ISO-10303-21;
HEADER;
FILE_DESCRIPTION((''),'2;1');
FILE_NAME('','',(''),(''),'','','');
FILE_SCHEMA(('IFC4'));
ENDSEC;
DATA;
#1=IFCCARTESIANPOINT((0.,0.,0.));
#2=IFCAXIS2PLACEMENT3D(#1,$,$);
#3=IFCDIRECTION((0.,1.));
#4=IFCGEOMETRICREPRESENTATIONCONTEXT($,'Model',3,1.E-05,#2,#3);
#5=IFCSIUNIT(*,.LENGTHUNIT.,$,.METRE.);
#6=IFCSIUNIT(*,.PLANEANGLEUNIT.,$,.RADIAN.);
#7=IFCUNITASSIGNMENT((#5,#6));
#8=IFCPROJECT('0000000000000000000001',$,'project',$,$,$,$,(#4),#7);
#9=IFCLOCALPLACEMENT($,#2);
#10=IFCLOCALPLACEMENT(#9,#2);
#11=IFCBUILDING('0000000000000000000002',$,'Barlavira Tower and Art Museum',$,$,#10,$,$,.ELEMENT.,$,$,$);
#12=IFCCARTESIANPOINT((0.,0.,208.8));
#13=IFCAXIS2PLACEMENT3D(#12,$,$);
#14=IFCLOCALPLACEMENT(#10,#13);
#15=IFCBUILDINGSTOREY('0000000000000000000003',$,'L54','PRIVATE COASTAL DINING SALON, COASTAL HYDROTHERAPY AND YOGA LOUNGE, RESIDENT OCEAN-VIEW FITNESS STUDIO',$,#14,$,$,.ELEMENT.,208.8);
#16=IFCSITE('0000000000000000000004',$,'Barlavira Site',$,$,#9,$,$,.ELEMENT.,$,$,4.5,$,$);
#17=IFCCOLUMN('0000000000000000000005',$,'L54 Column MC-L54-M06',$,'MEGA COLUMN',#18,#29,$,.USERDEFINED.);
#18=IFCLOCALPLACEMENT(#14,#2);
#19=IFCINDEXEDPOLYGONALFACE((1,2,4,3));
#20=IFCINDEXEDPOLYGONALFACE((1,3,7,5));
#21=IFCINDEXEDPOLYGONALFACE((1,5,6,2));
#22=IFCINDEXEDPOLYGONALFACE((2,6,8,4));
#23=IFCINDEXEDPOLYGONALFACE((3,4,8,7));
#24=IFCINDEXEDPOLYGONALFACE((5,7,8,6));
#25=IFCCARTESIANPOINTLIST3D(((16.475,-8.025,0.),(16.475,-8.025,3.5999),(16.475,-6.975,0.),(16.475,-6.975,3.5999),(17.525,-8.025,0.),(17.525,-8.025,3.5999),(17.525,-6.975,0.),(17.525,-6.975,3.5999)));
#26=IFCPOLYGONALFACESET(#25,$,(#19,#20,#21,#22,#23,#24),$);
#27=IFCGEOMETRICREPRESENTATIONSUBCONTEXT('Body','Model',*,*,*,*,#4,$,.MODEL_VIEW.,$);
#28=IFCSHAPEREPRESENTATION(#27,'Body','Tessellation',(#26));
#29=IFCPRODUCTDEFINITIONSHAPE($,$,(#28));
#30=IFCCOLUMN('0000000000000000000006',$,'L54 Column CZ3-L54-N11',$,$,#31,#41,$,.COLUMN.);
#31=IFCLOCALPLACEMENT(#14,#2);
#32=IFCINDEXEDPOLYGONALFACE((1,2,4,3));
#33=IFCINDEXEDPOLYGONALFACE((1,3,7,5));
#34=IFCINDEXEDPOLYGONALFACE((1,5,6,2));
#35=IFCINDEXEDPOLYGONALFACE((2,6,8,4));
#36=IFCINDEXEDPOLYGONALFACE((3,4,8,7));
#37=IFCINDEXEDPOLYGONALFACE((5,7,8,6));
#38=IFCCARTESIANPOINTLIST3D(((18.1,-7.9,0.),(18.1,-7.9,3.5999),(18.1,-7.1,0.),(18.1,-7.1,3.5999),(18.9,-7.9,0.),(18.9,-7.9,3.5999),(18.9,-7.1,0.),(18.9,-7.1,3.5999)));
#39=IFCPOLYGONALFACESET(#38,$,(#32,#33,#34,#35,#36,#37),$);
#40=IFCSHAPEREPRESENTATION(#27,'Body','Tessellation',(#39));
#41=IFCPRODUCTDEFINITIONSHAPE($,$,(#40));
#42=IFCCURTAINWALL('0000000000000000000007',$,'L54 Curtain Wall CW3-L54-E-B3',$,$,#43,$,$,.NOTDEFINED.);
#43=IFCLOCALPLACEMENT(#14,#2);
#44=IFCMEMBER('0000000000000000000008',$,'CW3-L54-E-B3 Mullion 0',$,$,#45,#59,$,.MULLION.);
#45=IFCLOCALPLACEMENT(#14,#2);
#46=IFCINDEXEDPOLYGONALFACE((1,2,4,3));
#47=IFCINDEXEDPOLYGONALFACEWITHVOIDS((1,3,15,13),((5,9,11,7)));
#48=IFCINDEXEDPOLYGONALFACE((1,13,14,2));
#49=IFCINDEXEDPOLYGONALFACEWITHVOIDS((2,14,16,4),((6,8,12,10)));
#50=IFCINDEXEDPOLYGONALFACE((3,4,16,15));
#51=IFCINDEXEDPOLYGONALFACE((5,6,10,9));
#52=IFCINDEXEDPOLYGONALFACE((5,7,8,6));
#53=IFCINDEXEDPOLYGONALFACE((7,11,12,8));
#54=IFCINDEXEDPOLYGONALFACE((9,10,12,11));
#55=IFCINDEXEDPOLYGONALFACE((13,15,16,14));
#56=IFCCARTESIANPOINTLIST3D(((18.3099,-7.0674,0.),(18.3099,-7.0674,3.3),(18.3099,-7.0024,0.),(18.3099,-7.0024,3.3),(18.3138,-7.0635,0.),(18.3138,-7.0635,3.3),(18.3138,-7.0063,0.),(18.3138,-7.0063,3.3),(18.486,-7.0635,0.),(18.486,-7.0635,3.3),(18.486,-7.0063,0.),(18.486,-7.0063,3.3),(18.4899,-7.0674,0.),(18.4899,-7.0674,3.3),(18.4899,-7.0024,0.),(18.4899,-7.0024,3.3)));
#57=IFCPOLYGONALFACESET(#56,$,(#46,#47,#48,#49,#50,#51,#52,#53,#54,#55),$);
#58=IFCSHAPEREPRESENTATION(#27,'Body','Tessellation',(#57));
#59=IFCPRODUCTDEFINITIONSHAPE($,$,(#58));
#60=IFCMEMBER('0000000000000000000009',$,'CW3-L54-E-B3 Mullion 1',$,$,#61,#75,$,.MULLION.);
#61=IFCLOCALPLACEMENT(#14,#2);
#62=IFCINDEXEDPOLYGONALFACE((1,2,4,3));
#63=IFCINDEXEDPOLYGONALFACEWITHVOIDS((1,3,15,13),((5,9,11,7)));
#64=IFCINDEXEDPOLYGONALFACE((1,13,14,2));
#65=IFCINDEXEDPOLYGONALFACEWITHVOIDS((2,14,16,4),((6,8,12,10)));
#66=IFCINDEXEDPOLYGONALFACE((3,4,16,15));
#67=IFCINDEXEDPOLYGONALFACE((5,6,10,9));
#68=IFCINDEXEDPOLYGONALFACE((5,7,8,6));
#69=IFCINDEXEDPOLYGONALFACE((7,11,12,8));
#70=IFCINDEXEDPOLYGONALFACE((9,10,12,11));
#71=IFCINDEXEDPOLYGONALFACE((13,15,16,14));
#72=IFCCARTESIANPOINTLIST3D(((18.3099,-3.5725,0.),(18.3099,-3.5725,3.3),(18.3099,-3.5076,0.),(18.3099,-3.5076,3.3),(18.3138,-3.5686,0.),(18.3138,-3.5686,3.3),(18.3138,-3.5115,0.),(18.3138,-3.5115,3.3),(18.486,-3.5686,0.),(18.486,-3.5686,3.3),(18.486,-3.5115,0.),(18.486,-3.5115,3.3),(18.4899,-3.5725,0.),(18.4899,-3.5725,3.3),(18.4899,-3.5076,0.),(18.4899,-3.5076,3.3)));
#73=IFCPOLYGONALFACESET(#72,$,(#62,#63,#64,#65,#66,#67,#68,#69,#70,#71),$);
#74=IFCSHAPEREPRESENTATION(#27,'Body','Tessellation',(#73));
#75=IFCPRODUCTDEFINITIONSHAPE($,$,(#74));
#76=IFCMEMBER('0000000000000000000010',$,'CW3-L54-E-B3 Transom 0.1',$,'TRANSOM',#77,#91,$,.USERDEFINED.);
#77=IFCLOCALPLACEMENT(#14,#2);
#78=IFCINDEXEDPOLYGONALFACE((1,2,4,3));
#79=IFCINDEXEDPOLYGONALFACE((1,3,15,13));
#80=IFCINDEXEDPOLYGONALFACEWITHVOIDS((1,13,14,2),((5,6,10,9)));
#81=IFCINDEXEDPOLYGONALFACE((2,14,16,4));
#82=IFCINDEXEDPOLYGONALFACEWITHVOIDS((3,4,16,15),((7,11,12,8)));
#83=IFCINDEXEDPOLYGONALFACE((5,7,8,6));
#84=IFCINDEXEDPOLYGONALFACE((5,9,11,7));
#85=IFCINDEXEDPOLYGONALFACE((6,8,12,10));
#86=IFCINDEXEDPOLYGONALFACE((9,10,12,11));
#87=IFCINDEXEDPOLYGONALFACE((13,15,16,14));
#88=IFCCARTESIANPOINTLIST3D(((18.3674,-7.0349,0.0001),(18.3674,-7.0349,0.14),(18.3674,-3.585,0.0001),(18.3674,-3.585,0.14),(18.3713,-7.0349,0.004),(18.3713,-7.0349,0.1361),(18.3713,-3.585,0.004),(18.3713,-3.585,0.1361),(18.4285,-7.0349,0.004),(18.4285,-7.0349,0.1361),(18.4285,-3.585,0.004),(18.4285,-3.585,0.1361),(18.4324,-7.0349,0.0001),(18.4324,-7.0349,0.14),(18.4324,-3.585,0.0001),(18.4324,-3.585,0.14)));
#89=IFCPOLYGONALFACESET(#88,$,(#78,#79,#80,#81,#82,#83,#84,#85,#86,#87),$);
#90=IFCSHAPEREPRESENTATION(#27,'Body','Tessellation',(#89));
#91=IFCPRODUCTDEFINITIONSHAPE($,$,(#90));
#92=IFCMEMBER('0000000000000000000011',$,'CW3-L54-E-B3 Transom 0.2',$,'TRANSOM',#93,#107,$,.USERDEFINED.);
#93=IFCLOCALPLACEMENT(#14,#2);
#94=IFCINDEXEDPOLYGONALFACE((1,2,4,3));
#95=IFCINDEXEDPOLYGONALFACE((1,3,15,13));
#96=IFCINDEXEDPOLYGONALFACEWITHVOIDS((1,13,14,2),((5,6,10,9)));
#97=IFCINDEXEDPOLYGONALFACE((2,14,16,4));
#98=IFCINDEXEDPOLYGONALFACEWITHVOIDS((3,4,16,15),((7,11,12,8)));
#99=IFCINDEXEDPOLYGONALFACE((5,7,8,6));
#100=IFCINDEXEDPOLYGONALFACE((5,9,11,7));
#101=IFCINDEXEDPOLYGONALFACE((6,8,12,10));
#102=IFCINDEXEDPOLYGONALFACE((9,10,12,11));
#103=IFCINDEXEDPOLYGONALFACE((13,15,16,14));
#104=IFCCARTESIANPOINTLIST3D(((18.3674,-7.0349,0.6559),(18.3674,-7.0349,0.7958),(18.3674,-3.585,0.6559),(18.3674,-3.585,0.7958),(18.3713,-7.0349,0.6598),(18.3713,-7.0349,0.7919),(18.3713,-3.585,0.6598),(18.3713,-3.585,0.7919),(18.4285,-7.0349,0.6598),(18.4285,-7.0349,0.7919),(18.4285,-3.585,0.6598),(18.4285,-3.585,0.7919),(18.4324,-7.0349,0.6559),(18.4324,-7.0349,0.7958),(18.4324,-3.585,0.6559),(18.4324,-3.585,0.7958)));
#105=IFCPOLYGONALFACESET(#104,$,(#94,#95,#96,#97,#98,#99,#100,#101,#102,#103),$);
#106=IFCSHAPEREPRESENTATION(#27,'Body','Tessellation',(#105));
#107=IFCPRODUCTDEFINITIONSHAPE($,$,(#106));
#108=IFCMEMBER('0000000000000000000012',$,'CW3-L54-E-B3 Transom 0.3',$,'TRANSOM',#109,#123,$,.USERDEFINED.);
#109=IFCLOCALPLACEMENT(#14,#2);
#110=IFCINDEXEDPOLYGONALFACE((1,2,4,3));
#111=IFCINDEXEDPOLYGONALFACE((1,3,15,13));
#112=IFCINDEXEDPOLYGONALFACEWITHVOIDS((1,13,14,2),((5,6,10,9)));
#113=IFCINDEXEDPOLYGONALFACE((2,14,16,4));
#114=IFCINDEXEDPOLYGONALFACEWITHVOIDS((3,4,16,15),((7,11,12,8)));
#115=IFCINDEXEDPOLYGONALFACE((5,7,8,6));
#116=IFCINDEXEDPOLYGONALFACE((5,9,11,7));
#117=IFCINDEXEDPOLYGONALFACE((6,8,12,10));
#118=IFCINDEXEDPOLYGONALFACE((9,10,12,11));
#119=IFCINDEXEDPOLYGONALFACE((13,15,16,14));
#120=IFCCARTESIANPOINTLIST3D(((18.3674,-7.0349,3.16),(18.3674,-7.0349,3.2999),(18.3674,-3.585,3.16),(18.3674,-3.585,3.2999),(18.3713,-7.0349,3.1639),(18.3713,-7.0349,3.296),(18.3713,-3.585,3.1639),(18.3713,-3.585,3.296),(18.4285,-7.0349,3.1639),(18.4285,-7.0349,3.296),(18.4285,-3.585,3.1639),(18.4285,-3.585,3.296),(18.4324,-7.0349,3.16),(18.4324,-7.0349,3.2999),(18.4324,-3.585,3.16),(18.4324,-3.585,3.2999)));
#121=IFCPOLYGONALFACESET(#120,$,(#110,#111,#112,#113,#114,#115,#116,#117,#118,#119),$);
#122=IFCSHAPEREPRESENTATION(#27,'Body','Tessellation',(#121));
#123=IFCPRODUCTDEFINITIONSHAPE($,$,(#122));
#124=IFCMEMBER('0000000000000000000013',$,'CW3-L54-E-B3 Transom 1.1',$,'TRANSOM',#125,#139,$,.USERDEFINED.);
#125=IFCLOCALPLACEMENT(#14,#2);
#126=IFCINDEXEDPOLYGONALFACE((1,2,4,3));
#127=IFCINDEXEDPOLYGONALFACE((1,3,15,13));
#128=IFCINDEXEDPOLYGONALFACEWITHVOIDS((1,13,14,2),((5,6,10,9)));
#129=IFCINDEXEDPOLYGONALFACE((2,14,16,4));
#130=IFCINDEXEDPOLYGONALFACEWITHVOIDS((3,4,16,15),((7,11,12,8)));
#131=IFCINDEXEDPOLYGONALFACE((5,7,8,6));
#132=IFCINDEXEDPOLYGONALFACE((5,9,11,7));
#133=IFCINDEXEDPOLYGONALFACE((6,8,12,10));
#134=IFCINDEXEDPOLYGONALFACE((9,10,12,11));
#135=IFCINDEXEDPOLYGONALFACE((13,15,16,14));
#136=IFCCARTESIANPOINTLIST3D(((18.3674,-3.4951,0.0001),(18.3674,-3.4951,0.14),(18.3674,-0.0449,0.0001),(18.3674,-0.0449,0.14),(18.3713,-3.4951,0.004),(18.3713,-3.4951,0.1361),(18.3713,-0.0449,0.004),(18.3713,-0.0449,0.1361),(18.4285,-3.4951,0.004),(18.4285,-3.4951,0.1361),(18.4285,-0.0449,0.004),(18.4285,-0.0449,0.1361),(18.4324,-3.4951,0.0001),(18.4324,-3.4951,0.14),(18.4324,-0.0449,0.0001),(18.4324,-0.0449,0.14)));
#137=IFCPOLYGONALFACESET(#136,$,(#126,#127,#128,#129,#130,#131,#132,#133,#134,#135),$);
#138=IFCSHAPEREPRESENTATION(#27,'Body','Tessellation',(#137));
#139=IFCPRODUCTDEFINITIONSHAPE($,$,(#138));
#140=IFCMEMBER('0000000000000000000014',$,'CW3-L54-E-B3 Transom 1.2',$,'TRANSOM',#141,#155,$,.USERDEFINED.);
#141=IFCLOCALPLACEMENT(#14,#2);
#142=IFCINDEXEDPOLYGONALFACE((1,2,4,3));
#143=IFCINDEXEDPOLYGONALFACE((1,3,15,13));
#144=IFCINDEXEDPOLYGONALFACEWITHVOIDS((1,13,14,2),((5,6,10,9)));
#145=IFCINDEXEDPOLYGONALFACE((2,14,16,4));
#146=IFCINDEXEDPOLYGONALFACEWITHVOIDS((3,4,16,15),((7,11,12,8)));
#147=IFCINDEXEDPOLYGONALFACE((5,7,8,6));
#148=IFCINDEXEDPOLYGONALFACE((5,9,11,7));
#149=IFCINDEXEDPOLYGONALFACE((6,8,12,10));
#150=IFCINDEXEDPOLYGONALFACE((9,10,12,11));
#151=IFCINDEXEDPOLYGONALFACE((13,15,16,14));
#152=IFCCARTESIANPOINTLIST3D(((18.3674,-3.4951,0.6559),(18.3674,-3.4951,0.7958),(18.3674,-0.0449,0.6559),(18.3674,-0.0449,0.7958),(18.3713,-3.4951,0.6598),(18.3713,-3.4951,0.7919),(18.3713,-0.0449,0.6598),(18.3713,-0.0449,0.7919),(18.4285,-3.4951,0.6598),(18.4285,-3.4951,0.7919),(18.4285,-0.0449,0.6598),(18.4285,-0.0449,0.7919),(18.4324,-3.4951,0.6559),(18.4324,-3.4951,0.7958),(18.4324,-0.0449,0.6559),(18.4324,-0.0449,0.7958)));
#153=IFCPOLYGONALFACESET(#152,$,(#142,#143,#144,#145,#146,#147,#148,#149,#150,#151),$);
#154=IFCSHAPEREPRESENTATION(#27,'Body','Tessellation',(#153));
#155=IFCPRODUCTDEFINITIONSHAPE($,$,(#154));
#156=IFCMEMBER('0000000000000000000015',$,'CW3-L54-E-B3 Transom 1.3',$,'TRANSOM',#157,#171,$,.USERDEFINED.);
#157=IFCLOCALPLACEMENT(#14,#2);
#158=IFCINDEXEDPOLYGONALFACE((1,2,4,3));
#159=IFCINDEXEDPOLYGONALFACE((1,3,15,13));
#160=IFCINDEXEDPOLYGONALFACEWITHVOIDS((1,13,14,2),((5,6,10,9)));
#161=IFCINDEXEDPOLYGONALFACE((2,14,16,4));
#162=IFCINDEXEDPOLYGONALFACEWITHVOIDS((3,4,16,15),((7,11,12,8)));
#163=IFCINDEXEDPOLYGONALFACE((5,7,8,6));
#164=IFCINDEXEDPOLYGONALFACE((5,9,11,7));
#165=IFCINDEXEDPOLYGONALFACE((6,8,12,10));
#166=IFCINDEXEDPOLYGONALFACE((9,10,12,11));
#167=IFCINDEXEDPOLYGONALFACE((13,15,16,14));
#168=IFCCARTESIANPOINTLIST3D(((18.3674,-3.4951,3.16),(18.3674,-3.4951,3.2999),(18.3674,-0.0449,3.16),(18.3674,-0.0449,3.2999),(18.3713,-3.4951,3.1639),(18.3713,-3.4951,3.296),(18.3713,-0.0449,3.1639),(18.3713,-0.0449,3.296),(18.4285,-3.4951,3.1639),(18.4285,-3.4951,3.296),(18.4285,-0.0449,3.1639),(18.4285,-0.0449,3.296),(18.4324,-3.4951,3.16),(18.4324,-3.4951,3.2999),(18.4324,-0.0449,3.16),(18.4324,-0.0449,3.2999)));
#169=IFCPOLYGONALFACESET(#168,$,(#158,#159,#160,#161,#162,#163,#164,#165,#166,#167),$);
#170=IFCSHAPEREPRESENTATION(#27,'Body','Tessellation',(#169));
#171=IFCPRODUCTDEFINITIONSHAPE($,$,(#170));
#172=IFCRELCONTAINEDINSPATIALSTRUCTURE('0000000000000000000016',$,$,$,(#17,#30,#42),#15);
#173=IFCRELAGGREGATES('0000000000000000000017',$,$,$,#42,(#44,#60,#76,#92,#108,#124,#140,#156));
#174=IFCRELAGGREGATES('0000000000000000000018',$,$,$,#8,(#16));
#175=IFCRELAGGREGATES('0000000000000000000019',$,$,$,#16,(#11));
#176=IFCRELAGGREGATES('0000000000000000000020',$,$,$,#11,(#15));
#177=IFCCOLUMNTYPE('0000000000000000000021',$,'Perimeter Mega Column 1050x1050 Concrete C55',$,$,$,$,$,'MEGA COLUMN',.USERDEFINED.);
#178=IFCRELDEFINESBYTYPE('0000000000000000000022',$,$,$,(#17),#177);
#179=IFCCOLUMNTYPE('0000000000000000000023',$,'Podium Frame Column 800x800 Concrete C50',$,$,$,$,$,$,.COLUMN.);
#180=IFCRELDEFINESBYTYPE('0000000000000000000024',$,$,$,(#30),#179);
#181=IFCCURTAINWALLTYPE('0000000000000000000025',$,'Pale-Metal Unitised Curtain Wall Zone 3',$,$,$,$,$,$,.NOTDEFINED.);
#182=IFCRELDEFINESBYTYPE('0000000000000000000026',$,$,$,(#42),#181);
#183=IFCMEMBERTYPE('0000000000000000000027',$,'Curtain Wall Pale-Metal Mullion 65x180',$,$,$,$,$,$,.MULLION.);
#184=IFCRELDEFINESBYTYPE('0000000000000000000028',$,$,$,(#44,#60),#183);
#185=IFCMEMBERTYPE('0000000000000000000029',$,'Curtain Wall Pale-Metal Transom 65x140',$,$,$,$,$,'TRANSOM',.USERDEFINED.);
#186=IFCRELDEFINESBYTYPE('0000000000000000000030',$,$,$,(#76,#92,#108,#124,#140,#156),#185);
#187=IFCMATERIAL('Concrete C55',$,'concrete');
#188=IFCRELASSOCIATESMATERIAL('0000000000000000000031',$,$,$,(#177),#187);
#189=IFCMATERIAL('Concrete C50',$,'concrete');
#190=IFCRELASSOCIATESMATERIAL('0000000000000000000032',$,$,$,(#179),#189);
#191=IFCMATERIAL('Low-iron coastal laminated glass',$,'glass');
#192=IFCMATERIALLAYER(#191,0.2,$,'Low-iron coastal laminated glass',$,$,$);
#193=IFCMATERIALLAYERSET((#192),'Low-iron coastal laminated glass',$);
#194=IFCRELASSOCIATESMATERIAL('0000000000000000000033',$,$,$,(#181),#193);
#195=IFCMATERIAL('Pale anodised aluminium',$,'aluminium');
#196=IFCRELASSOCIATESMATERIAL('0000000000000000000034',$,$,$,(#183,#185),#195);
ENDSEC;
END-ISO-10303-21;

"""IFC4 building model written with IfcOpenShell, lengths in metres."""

from ifc_helpers import new_model, si_unit, direction, frame, origin, origin_2d, place, context, subcontext, project, spatial, rectangle, hollow_rectangle, extrude, material, layer, layer_set, material_profile, profile_set, type_object, element, aggregate, save


model = new_model("IFC4")

# Units and contexts
model_context = context("Model", 3, precision=1e-05, world=origin(), true_north=direction((0.0, 1.0)))
body_context = subcontext(model_context, "Body", "Model", "MODEL_VIEW")
ifc_project = project(units=[si_unit("LENGTHUNIT", "METRE"), si_unit("PLANEANGLEUNIT", "RADIAN")], contexts=[model_context])

# Site, building, storey
site_placement = place(None, origin())
site = spatial("IfcSite", under=ifc_project, at=site_placement, Name="Barlavira Site", CompositionType="ELEMENT", RefElevation=4.5)
building_placement = place(site_placement, origin())
building = spatial("IfcBuilding", under=site, at=building_placement, Name="Barlavira Tower and Art Museum", CompositionType="ELEMENT")
storey_placement = place(building_placement, frame((0.0, 0.0, 208.8)))
storey = spatial("IfcBuildingStorey", under=building, at=storey_placement, Name="L54", Description="PRIVATE COASTAL DINING SALON, COASTAL HYDROTHERAPY AND YOGA LOUNGE, RESIDENT OCEAN-VIEW FITNESS STUDIO", CompositionType="ELEMENT", Elevation=208.8)

# Columns
ifc_material_1 = material(Name="Concrete C55", Category="concrete")
ifc_material_profile_1 = material_profile(ifc_material_1, rectangle(XDim=1.05, YDim=1.05, at=origin_2d()), Name="RC-COL 1050x1050")
ifc_profile_set_1 = profile_set([ifc_material_profile_1], Name="Concrete C55")
column_type_1 = type_object("IfcColumnType", Name="Perimeter Mega Column 1050x1050 Concrete C55", ElementType="MEGA COLUMN", PredefinedType="USERDEFINED", material=ifc_profile_set_1)
column_1_placement = place(storey_placement, frame((17.0, -7.5, 0.0), z_axis=(0.0, 0.0, 1.0), x_axis=(1.0, 0.0, 0.0)))
element("IfcColumn", 1, at=column_1_placement, inside=storey, type_object=column_type_1, Name="L54 Column MC-L54-M06", ObjectType="MEGA COLUMN", PredefinedType="USERDEFINED", context=body_context, shape_type="SweptSolid", body=[
    extrude(rectangle(XDim=1.05, YDim=1.05, at=origin_2d()), origin(), (0.0, 0.0, 1.0), 3.5999),
])
ifc_material_2 = material(Name="Concrete C50", Category="concrete")
ifc_material_profile_2 = material_profile(ifc_material_2, rectangle(XDim=0.8, YDim=0.8, at=origin_2d()), Name="RC-COL 800x800")
ifc_profile_set_2 = profile_set([ifc_material_profile_2], Name="Concrete C50")
column_type_2 = type_object("IfcColumnType", Name="Podium Frame Column 800x800 Concrete C50", PredefinedType="COLUMN", material=ifc_profile_set_2)
column_2_placement = place(storey_placement, frame((18.5, -7.5, 0.0), z_axis=(0.0, 0.0, 1.0), x_axis=(1.0, 0.0, 0.0)))
element("IfcColumn", 2, at=column_2_placement, inside=storey, type_object=column_type_2, Name="L54 Column CZ3-L54-N11", PredefinedType="COLUMN", context=body_context, shape_type="SweptSolid", body=[
    extrude(rectangle(XDim=0.8, YDim=0.8, at=origin_2d()), origin(), (0.0, 0.0, 1.0), 3.5999),
])

# Curtain wall, members
ifc_material_3 = material(Name="Low-iron coastal laminated glass", Category="glass")
ifc_layer_1 = layer(ifc_material_3, 0.2, Name="Low-iron coastal laminated glass")
ifc_layer_set_1 = layer_set([ifc_layer_1], Name="Low-iron coastal laminated glass")
curtain_wall_type = type_object("IfcCurtainWallType", Name="Pale-Metal Unitised Curtain Wall Zone 3", PredefinedType="NOTDEFINED", material=ifc_layer_set_1)
curtain_wall_placement = place(storey_placement, origin())
curtain_wall = element("IfcCurtainWall", 3, at=curtain_wall_placement, inside=storey, type_object=curtain_wall_type, Name="L54 Curtain Wall CW3-L54-E-B3", PredefinedType="NOTDEFINED")
ifc_material_4 = material(Name="Pale anodised aluminium", Category="aluminium")
ifc_material_profile_3 = material_profile(ifc_material_4, hollow_rectangle(XDim=0.0649, YDim=0.1799, WallThickness=0.0039, at=origin_2d()), Name="ALU-MULL 65x180x4")
ifc_profile_set_3 = profile_set([ifc_material_profile_3], Name="Pale anodised aluminium")
member_type_1 = type_object("IfcMemberType", Name="Curtain Wall Pale-Metal Mullion 65x180", PredefinedType="MULLION", material=ifc_profile_set_3)
member_1_placement = place(storey_placement, frame((18.3999, -7.0349, 0.0), z_axis=(0.0, 0.0, 1.0), x_axis=(0.0, 1.0, 0.0)))
member_1 = element("IfcMember", 4, at=member_1_placement, type_object=member_type_1, Name="CW3-L54-E-B3 Mullion 0", PredefinedType="MULLION", context=body_context, shape_type="SweptSolid", body=[
    extrude(hollow_rectangle(XDim=0.0649, YDim=0.1799, WallThickness=0.0039, at=origin_2d()), origin(), (0.0, 0.0, 1.0), 3.3),
])
member_2_placement = place(storey_placement, frame((18.3999, -3.54, 0.0), z_axis=(0.0, 0.0, 1.0), x_axis=(0.0, 1.0, 0.0)))
member_2 = element("IfcMember", 5, at=member_2_placement, type_object=member_type_1, Name="CW3-L54-E-B3 Mullion 1", PredefinedType="MULLION", context=body_context, shape_type="SweptSolid", body=[
    extrude(hollow_rectangle(XDim=0.0649, YDim=0.1799, WallThickness=0.0039, at=origin_2d()), origin(), (0.0, 0.0, 1.0), 3.3),
])
ifc_material_profile_4 = material_profile(ifc_material_4, hollow_rectangle(XDim=0.0649, YDim=0.1399, WallThickness=0.0039, at=origin_2d()), Name="ALU-TRAN 65x140x4")
ifc_profile_set_4 = profile_set([ifc_material_profile_4], Name="Pale anodised aluminium")
member_type_2 = type_object("IfcMemberType", Name="Curtain Wall Pale-Metal Transom 65x140", ElementType="TRANSOM", PredefinedType="USERDEFINED", material=ifc_profile_set_4)
member_3_placement = place(storey_placement, frame((18.3999, -7.0349, 0.0701), z_axis=(0.0, 1.0, 0.0), x_axis=(-1.0, 0.0, 0.0)))
member_3 = element("IfcMember", 6, at=member_3_placement, type_object=member_type_2, Name="CW3-L54-E-B3 Transom 0.1", ObjectType="TRANSOM", PredefinedType="USERDEFINED", context=body_context, shape_type="SweptSolid", body=[
    extrude(hollow_rectangle(XDim=0.0649, YDim=0.1399, WallThickness=0.0039, at=origin_2d()), origin(), (0.0, 0.0, 1.0), 3.45),
])
member_4_placement = place(storey_placement, frame((18.3999, -7.0349, 0.7258), z_axis=(0.0, 1.0, 0.0), x_axis=(-1.0, 0.0, 0.0)))
member_4 = element("IfcMember", 7, at=member_4_placement, type_object=member_type_2, Name="CW3-L54-E-B3 Transom 0.2", ObjectType="TRANSOM", PredefinedType="USERDEFINED", context=body_context, shape_type="SweptSolid", body=[
    extrude(hollow_rectangle(XDim=0.0649, YDim=0.1399, WallThickness=0.0039, at=origin_2d()), origin(), (0.0, 0.0, 1.0), 3.45),
])
member_5_placement = place(storey_placement, frame((18.3999, -7.0349, 3.23), z_axis=(0.0, 1.0, 0.0), x_axis=(-1.0, 0.0, 0.0)))
member_5 = element("IfcMember", 8, at=member_5_placement, type_object=member_type_2, Name="CW3-L54-E-B3 Transom 0.3", ObjectType="TRANSOM", PredefinedType="USERDEFINED", context=body_context, shape_type="SweptSolid", body=[
    extrude(hollow_rectangle(XDim=0.0649, YDim=0.1399, WallThickness=0.0039, at=origin_2d()), origin(), (0.0, 0.0, 1.0), 3.45),
])
member_6_placement = place(storey_placement, frame((18.3999, -3.4951, 0.0701), z_axis=(0.0, 1.0, 0.0), x_axis=(-1.0, 0.0, 0.0)))
member_6 = element("IfcMember", 9, at=member_6_placement, type_object=member_type_2, Name="CW3-L54-E-B3 Transom 1.1", ObjectType="TRANSOM", PredefinedType="USERDEFINED", context=body_context, shape_type="SweptSolid", body=[
    extrude(hollow_rectangle(XDim=0.0649, YDim=0.1399, WallThickness=0.0039, at=origin_2d()), origin(), (0.0, 0.0, 1.0), 3.4502),
])
member_7_placement = place(storey_placement, frame((18.3999, -3.4951, 0.7258), z_axis=(0.0, 1.0, 0.0), x_axis=(-1.0, 0.0, 0.0)))
member_7 = element("IfcMember", 10, at=member_7_placement, type_object=member_type_2, Name="CW3-L54-E-B3 Transom 1.2", ObjectType="TRANSOM", PredefinedType="USERDEFINED", context=body_context, shape_type="SweptSolid", body=[
    extrude(hollow_rectangle(XDim=0.0649, YDim=0.1399, WallThickness=0.0039, at=origin_2d()), origin(), (0.0, 0.0, 1.0), 3.4502),
])
member_8_placement = place(storey_placement, frame((18.3999, -3.4951, 3.23), z_axis=(0.0, 1.0, 0.0), x_axis=(-1.0, 0.0, 0.0)))
member_8 = element("IfcMember", 11, at=member_8_placement, type_object=member_type_2, Name="CW3-L54-E-B3 Transom 1.3", ObjectType="TRANSOM", PredefinedType="USERDEFINED", context=body_context, shape_type="SweptSolid", body=[
    extrude(hollow_rectangle(XDim=0.0649, YDim=0.1399, WallThickness=0.0039, at=origin_2d()), origin(), (0.0, 0.0, 1.0), 3.4502),
])

aggregate(curtain_wall, [member_1, member_2, member_3, member_4, member_5, member_6, member_7, member_8])

save(model, "model.ifc")
